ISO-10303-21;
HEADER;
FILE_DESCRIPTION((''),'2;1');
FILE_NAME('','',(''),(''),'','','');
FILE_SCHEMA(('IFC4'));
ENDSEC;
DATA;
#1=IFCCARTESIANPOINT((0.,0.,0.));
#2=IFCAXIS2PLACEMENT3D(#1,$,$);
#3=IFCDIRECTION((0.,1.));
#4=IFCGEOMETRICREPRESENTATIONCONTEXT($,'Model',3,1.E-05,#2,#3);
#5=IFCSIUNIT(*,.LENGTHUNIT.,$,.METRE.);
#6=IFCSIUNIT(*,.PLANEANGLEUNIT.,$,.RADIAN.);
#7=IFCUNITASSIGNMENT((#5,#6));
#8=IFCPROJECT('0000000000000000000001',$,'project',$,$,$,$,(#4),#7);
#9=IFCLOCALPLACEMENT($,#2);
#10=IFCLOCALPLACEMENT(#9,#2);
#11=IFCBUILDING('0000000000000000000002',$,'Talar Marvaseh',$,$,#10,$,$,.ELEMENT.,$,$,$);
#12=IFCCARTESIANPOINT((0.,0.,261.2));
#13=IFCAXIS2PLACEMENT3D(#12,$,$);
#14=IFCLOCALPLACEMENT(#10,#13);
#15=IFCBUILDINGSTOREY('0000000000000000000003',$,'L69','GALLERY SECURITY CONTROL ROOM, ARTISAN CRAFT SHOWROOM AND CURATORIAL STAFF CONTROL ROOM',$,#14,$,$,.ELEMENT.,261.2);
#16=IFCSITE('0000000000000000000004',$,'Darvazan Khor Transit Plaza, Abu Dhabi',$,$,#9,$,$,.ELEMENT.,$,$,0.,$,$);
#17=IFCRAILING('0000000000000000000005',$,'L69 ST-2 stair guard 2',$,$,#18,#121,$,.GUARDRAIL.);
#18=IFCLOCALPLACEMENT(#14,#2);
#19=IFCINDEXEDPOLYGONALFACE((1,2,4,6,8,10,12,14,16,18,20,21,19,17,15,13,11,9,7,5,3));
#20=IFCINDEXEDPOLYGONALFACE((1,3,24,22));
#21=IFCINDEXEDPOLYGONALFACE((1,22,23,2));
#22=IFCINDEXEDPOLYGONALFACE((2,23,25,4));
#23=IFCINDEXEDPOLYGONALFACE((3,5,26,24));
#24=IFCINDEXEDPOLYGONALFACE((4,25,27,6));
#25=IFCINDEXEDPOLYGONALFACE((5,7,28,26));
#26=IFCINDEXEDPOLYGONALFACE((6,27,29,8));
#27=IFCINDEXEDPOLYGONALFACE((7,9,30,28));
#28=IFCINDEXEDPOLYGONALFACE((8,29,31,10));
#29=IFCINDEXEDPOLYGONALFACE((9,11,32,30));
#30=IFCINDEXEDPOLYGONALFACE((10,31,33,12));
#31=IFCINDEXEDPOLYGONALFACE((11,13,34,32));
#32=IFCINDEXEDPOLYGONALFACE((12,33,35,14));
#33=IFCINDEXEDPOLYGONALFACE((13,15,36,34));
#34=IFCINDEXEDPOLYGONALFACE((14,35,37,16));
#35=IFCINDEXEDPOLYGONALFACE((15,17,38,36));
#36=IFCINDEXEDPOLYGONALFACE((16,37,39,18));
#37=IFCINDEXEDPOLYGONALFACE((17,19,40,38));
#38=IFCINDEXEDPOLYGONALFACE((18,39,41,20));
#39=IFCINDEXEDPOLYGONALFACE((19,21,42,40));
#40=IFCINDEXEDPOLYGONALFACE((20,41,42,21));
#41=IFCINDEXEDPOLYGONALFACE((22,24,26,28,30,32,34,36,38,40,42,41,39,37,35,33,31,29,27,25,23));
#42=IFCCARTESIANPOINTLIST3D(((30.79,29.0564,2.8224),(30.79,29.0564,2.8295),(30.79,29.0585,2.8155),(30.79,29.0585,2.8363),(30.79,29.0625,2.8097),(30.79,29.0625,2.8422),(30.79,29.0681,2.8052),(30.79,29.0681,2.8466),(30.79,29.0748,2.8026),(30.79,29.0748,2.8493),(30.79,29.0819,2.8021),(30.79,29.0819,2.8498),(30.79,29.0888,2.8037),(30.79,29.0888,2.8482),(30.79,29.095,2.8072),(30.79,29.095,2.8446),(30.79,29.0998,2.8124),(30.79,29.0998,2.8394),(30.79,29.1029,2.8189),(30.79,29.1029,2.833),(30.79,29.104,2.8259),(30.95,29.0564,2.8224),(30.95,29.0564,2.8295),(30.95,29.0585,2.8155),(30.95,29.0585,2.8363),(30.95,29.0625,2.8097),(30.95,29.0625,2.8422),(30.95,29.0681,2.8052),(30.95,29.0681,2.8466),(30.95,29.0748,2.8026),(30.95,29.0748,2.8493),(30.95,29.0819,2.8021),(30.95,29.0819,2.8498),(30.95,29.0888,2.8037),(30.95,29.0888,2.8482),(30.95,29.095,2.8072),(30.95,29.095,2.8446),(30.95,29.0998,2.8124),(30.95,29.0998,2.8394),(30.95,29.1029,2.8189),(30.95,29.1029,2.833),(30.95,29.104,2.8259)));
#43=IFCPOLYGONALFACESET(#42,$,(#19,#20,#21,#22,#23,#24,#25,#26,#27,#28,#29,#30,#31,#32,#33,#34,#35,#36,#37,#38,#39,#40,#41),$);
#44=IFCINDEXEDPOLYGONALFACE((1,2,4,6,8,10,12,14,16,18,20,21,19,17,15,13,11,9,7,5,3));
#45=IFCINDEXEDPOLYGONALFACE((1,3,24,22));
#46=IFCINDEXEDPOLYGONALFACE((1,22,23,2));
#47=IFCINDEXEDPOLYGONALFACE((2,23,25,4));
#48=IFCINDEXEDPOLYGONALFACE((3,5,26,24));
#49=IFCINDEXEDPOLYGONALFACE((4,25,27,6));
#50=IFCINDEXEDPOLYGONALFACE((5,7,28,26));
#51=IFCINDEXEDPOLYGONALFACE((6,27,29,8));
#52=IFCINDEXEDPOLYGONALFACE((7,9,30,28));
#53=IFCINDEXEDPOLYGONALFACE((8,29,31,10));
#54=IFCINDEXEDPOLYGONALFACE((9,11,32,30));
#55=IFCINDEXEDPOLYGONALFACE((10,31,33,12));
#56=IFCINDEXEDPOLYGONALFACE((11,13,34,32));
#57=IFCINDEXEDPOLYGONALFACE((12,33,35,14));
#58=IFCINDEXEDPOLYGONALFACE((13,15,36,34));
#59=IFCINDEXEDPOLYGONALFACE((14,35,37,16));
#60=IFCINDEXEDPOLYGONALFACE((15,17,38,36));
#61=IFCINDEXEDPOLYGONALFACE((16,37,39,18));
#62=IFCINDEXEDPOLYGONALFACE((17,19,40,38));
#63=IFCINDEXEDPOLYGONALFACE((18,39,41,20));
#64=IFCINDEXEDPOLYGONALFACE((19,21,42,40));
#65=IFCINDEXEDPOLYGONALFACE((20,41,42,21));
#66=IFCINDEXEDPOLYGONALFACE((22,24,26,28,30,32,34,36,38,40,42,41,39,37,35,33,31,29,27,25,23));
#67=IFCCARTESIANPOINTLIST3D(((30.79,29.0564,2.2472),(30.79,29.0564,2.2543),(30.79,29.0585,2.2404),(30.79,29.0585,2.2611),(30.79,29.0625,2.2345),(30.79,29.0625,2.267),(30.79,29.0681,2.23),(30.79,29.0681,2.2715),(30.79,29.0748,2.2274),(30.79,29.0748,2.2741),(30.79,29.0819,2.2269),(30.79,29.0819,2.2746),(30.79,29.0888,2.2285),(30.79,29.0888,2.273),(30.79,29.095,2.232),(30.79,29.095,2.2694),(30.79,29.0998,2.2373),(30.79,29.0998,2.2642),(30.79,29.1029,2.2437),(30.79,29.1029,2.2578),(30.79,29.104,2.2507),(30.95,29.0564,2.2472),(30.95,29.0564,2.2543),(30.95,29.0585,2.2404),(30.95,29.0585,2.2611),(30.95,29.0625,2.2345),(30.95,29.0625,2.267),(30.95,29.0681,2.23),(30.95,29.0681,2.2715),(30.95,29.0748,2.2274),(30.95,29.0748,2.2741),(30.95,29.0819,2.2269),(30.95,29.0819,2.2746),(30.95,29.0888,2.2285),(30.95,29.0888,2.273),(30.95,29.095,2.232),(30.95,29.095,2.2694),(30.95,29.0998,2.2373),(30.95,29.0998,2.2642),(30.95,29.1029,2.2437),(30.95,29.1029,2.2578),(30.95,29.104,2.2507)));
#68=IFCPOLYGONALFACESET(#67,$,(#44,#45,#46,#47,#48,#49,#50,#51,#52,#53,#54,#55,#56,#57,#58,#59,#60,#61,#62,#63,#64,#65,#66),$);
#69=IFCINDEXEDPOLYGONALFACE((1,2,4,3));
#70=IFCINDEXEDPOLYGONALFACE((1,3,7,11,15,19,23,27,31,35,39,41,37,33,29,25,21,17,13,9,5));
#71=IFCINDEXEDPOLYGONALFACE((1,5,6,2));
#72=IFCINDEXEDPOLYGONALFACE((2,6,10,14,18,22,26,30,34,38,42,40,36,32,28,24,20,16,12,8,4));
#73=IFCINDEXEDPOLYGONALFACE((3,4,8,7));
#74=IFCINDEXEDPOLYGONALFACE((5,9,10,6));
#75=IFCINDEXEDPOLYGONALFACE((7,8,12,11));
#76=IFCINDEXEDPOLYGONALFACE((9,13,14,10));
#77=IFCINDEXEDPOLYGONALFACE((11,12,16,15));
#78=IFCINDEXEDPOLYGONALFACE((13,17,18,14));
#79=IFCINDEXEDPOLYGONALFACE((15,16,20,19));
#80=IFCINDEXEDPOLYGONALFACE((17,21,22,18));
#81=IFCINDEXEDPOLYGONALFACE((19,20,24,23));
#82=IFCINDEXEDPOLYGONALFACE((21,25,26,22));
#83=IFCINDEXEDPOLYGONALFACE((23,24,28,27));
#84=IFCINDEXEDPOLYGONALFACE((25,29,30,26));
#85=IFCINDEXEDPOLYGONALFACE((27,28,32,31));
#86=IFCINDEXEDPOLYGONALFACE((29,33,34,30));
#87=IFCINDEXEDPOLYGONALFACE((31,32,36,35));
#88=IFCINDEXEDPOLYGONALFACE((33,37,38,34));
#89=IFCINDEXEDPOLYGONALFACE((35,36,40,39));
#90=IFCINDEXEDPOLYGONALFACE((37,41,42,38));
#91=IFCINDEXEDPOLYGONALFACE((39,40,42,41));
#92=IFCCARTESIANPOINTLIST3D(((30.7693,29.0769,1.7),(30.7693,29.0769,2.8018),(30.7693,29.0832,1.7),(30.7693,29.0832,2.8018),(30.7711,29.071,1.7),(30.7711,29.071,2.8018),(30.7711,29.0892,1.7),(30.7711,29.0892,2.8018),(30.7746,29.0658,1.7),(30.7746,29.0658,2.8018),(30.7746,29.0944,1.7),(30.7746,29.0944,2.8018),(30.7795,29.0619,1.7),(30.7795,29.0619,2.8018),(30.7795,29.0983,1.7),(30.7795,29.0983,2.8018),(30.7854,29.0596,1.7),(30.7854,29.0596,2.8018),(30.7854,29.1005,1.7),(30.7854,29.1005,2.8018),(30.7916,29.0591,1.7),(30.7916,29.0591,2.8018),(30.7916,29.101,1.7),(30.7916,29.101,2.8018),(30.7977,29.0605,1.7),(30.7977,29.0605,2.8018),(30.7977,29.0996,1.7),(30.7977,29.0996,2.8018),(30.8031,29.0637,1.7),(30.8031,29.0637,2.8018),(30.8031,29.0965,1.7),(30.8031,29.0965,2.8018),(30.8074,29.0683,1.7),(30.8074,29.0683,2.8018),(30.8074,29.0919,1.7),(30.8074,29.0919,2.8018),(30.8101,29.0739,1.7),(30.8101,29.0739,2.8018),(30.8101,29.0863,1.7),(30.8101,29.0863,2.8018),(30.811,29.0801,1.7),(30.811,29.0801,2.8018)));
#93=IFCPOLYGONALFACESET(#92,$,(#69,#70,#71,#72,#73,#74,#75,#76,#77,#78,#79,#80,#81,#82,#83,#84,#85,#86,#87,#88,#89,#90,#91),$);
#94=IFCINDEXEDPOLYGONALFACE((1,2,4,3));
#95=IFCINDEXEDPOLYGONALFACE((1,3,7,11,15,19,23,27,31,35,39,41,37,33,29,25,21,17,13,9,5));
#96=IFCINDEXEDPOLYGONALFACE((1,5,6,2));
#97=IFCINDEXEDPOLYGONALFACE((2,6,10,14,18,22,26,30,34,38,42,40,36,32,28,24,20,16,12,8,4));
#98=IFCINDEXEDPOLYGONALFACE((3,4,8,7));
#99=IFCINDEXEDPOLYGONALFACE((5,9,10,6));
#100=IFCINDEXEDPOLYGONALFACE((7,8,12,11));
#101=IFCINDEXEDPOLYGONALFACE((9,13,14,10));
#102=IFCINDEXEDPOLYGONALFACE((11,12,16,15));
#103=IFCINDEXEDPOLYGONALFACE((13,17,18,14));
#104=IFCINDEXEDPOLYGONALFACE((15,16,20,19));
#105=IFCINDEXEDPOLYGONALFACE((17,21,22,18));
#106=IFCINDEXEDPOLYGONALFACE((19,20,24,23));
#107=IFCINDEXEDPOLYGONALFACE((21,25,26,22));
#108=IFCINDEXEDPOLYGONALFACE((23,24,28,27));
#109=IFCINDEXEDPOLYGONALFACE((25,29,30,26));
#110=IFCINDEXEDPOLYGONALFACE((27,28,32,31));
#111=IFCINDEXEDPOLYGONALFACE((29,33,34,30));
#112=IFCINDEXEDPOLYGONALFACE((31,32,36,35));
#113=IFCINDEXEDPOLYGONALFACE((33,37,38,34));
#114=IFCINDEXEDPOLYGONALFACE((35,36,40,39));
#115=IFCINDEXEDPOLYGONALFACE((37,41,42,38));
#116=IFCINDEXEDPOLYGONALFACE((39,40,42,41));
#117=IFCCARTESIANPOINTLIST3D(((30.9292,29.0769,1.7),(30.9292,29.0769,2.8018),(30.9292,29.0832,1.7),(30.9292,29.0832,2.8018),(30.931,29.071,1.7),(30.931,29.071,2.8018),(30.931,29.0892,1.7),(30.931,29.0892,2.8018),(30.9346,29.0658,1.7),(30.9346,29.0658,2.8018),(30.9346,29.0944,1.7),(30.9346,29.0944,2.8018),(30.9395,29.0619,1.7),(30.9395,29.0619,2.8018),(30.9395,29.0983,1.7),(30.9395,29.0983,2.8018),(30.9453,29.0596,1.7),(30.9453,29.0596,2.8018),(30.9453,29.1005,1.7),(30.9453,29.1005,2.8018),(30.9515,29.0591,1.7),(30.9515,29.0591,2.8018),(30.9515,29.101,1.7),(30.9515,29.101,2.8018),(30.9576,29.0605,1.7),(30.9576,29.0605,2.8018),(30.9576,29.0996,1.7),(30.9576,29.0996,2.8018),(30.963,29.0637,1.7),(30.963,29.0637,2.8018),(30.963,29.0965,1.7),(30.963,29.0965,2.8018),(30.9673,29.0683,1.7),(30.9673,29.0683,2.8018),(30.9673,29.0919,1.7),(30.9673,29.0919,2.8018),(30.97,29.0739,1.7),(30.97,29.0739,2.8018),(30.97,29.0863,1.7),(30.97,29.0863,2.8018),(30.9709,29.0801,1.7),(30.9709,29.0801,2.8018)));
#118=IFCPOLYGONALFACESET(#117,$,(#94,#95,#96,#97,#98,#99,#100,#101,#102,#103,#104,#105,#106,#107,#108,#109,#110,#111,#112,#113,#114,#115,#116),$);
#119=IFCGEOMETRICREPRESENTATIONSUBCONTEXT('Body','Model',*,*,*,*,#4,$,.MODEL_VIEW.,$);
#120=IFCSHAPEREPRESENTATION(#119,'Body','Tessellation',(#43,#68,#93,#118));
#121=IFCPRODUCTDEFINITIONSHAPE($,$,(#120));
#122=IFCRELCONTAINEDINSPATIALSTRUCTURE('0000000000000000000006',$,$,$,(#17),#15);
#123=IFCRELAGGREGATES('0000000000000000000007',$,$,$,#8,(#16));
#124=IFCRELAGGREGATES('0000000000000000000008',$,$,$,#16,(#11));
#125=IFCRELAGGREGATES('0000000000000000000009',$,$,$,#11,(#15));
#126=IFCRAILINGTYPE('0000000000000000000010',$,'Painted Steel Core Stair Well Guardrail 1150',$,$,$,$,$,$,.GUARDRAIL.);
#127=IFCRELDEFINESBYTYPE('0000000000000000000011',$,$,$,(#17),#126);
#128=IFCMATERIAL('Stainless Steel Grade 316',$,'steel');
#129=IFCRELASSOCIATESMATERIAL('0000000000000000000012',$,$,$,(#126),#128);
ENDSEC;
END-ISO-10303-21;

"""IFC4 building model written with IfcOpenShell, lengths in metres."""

from ifc_helpers import new_model, si_unit, direction, frame, origin, origin_2d, place, context, subcontext, project, spatial, circle, extrude, material, type_object, element, save


model = new_model("IFC4")

# Units and contexts
model_context = context("Model", 3, precision=1e-05, world=origin(), true_north=direction((0.0, 1.0)))
body_context = subcontext(model_context, "Body", "Model", "MODEL_VIEW")
ifc_project = project(units=[si_unit("LENGTHUNIT", "METRE"), si_unit("PLANEANGLEUNIT", "RADIAN")], contexts=[model_context])

# Site, building, storey
site_placement = place(None, origin())
site = spatial("IfcSite", under=ifc_project, at=site_placement, Name="Darvazan Khor Transit Plaza, Abu Dhabi", CompositionType="ELEMENT", RefElevation=0.0)
building_placement = place(site_placement, origin())
building = spatial("IfcBuilding", under=site, at=building_placement, Name="Talar Marvaseh", CompositionType="ELEMENT")
storey_placement = place(building_placement, frame((0.0, 0.0, 261.2)))
storey = spatial("IfcBuildingStorey", under=building, at=storey_placement, Name="L69", Description="GALLERY SECURITY CONTROL ROOM, ARTISAN CRAFT SHOWROOM AND CURATORIAL STAFF CONTROL ROOM", CompositionType="ELEMENT", Elevation=261.2)

# Shared definitions
ifc_material_1 = material(Name="Stainless Steel Grade 316", Category="steel")

# Railing
railing_type_1 = type_object("IfcRailingType", Name="Painted Steel Core Stair Well Guardrail 1150", PredefinedType="GUARDRAIL", material=ifc_material_1)
railing_1_placement = place(storey_placement, frame((30.79, 29.0801, 1.7)))
element("IfcRailing", 1, at=railing_1_placement, inside=storey, type_object=railing_type_1, Name="L69 ST-2 stair guard 2", PredefinedType="GUARDRAIL", context=body_context, shape_type="SweptSolid", body=[
    extrude(circle(Radius=0.0239, at=origin_2d()), frame((0.0, 0.0, 1.126), z_axis=(1.0, 0.0, 0.0), x_axis=(0.0, 1.0, 0.0)), (0.0, 0.0, 1.0), 0.1599),
    extrude(circle(Radius=0.0239, at=origin_2d()), frame((0.0, 0.0, 0.5508), z_axis=(1.0, 0.0, 0.0), x_axis=(0.0, 1.0, 0.0)), (0.0, 0.0, 1.0), 0.1599),
    extrude(circle(Radius=0.021, at=origin_2d()), origin(), (0.0, 0.0, 1.0), 1.1018),
    extrude(circle(Radius=0.021, at=origin_2d()), frame((0.1599, 0.0, 0.0)), (0.0, 0.0, 1.0), 1.1018),
])

save(model, "model.ifc")
